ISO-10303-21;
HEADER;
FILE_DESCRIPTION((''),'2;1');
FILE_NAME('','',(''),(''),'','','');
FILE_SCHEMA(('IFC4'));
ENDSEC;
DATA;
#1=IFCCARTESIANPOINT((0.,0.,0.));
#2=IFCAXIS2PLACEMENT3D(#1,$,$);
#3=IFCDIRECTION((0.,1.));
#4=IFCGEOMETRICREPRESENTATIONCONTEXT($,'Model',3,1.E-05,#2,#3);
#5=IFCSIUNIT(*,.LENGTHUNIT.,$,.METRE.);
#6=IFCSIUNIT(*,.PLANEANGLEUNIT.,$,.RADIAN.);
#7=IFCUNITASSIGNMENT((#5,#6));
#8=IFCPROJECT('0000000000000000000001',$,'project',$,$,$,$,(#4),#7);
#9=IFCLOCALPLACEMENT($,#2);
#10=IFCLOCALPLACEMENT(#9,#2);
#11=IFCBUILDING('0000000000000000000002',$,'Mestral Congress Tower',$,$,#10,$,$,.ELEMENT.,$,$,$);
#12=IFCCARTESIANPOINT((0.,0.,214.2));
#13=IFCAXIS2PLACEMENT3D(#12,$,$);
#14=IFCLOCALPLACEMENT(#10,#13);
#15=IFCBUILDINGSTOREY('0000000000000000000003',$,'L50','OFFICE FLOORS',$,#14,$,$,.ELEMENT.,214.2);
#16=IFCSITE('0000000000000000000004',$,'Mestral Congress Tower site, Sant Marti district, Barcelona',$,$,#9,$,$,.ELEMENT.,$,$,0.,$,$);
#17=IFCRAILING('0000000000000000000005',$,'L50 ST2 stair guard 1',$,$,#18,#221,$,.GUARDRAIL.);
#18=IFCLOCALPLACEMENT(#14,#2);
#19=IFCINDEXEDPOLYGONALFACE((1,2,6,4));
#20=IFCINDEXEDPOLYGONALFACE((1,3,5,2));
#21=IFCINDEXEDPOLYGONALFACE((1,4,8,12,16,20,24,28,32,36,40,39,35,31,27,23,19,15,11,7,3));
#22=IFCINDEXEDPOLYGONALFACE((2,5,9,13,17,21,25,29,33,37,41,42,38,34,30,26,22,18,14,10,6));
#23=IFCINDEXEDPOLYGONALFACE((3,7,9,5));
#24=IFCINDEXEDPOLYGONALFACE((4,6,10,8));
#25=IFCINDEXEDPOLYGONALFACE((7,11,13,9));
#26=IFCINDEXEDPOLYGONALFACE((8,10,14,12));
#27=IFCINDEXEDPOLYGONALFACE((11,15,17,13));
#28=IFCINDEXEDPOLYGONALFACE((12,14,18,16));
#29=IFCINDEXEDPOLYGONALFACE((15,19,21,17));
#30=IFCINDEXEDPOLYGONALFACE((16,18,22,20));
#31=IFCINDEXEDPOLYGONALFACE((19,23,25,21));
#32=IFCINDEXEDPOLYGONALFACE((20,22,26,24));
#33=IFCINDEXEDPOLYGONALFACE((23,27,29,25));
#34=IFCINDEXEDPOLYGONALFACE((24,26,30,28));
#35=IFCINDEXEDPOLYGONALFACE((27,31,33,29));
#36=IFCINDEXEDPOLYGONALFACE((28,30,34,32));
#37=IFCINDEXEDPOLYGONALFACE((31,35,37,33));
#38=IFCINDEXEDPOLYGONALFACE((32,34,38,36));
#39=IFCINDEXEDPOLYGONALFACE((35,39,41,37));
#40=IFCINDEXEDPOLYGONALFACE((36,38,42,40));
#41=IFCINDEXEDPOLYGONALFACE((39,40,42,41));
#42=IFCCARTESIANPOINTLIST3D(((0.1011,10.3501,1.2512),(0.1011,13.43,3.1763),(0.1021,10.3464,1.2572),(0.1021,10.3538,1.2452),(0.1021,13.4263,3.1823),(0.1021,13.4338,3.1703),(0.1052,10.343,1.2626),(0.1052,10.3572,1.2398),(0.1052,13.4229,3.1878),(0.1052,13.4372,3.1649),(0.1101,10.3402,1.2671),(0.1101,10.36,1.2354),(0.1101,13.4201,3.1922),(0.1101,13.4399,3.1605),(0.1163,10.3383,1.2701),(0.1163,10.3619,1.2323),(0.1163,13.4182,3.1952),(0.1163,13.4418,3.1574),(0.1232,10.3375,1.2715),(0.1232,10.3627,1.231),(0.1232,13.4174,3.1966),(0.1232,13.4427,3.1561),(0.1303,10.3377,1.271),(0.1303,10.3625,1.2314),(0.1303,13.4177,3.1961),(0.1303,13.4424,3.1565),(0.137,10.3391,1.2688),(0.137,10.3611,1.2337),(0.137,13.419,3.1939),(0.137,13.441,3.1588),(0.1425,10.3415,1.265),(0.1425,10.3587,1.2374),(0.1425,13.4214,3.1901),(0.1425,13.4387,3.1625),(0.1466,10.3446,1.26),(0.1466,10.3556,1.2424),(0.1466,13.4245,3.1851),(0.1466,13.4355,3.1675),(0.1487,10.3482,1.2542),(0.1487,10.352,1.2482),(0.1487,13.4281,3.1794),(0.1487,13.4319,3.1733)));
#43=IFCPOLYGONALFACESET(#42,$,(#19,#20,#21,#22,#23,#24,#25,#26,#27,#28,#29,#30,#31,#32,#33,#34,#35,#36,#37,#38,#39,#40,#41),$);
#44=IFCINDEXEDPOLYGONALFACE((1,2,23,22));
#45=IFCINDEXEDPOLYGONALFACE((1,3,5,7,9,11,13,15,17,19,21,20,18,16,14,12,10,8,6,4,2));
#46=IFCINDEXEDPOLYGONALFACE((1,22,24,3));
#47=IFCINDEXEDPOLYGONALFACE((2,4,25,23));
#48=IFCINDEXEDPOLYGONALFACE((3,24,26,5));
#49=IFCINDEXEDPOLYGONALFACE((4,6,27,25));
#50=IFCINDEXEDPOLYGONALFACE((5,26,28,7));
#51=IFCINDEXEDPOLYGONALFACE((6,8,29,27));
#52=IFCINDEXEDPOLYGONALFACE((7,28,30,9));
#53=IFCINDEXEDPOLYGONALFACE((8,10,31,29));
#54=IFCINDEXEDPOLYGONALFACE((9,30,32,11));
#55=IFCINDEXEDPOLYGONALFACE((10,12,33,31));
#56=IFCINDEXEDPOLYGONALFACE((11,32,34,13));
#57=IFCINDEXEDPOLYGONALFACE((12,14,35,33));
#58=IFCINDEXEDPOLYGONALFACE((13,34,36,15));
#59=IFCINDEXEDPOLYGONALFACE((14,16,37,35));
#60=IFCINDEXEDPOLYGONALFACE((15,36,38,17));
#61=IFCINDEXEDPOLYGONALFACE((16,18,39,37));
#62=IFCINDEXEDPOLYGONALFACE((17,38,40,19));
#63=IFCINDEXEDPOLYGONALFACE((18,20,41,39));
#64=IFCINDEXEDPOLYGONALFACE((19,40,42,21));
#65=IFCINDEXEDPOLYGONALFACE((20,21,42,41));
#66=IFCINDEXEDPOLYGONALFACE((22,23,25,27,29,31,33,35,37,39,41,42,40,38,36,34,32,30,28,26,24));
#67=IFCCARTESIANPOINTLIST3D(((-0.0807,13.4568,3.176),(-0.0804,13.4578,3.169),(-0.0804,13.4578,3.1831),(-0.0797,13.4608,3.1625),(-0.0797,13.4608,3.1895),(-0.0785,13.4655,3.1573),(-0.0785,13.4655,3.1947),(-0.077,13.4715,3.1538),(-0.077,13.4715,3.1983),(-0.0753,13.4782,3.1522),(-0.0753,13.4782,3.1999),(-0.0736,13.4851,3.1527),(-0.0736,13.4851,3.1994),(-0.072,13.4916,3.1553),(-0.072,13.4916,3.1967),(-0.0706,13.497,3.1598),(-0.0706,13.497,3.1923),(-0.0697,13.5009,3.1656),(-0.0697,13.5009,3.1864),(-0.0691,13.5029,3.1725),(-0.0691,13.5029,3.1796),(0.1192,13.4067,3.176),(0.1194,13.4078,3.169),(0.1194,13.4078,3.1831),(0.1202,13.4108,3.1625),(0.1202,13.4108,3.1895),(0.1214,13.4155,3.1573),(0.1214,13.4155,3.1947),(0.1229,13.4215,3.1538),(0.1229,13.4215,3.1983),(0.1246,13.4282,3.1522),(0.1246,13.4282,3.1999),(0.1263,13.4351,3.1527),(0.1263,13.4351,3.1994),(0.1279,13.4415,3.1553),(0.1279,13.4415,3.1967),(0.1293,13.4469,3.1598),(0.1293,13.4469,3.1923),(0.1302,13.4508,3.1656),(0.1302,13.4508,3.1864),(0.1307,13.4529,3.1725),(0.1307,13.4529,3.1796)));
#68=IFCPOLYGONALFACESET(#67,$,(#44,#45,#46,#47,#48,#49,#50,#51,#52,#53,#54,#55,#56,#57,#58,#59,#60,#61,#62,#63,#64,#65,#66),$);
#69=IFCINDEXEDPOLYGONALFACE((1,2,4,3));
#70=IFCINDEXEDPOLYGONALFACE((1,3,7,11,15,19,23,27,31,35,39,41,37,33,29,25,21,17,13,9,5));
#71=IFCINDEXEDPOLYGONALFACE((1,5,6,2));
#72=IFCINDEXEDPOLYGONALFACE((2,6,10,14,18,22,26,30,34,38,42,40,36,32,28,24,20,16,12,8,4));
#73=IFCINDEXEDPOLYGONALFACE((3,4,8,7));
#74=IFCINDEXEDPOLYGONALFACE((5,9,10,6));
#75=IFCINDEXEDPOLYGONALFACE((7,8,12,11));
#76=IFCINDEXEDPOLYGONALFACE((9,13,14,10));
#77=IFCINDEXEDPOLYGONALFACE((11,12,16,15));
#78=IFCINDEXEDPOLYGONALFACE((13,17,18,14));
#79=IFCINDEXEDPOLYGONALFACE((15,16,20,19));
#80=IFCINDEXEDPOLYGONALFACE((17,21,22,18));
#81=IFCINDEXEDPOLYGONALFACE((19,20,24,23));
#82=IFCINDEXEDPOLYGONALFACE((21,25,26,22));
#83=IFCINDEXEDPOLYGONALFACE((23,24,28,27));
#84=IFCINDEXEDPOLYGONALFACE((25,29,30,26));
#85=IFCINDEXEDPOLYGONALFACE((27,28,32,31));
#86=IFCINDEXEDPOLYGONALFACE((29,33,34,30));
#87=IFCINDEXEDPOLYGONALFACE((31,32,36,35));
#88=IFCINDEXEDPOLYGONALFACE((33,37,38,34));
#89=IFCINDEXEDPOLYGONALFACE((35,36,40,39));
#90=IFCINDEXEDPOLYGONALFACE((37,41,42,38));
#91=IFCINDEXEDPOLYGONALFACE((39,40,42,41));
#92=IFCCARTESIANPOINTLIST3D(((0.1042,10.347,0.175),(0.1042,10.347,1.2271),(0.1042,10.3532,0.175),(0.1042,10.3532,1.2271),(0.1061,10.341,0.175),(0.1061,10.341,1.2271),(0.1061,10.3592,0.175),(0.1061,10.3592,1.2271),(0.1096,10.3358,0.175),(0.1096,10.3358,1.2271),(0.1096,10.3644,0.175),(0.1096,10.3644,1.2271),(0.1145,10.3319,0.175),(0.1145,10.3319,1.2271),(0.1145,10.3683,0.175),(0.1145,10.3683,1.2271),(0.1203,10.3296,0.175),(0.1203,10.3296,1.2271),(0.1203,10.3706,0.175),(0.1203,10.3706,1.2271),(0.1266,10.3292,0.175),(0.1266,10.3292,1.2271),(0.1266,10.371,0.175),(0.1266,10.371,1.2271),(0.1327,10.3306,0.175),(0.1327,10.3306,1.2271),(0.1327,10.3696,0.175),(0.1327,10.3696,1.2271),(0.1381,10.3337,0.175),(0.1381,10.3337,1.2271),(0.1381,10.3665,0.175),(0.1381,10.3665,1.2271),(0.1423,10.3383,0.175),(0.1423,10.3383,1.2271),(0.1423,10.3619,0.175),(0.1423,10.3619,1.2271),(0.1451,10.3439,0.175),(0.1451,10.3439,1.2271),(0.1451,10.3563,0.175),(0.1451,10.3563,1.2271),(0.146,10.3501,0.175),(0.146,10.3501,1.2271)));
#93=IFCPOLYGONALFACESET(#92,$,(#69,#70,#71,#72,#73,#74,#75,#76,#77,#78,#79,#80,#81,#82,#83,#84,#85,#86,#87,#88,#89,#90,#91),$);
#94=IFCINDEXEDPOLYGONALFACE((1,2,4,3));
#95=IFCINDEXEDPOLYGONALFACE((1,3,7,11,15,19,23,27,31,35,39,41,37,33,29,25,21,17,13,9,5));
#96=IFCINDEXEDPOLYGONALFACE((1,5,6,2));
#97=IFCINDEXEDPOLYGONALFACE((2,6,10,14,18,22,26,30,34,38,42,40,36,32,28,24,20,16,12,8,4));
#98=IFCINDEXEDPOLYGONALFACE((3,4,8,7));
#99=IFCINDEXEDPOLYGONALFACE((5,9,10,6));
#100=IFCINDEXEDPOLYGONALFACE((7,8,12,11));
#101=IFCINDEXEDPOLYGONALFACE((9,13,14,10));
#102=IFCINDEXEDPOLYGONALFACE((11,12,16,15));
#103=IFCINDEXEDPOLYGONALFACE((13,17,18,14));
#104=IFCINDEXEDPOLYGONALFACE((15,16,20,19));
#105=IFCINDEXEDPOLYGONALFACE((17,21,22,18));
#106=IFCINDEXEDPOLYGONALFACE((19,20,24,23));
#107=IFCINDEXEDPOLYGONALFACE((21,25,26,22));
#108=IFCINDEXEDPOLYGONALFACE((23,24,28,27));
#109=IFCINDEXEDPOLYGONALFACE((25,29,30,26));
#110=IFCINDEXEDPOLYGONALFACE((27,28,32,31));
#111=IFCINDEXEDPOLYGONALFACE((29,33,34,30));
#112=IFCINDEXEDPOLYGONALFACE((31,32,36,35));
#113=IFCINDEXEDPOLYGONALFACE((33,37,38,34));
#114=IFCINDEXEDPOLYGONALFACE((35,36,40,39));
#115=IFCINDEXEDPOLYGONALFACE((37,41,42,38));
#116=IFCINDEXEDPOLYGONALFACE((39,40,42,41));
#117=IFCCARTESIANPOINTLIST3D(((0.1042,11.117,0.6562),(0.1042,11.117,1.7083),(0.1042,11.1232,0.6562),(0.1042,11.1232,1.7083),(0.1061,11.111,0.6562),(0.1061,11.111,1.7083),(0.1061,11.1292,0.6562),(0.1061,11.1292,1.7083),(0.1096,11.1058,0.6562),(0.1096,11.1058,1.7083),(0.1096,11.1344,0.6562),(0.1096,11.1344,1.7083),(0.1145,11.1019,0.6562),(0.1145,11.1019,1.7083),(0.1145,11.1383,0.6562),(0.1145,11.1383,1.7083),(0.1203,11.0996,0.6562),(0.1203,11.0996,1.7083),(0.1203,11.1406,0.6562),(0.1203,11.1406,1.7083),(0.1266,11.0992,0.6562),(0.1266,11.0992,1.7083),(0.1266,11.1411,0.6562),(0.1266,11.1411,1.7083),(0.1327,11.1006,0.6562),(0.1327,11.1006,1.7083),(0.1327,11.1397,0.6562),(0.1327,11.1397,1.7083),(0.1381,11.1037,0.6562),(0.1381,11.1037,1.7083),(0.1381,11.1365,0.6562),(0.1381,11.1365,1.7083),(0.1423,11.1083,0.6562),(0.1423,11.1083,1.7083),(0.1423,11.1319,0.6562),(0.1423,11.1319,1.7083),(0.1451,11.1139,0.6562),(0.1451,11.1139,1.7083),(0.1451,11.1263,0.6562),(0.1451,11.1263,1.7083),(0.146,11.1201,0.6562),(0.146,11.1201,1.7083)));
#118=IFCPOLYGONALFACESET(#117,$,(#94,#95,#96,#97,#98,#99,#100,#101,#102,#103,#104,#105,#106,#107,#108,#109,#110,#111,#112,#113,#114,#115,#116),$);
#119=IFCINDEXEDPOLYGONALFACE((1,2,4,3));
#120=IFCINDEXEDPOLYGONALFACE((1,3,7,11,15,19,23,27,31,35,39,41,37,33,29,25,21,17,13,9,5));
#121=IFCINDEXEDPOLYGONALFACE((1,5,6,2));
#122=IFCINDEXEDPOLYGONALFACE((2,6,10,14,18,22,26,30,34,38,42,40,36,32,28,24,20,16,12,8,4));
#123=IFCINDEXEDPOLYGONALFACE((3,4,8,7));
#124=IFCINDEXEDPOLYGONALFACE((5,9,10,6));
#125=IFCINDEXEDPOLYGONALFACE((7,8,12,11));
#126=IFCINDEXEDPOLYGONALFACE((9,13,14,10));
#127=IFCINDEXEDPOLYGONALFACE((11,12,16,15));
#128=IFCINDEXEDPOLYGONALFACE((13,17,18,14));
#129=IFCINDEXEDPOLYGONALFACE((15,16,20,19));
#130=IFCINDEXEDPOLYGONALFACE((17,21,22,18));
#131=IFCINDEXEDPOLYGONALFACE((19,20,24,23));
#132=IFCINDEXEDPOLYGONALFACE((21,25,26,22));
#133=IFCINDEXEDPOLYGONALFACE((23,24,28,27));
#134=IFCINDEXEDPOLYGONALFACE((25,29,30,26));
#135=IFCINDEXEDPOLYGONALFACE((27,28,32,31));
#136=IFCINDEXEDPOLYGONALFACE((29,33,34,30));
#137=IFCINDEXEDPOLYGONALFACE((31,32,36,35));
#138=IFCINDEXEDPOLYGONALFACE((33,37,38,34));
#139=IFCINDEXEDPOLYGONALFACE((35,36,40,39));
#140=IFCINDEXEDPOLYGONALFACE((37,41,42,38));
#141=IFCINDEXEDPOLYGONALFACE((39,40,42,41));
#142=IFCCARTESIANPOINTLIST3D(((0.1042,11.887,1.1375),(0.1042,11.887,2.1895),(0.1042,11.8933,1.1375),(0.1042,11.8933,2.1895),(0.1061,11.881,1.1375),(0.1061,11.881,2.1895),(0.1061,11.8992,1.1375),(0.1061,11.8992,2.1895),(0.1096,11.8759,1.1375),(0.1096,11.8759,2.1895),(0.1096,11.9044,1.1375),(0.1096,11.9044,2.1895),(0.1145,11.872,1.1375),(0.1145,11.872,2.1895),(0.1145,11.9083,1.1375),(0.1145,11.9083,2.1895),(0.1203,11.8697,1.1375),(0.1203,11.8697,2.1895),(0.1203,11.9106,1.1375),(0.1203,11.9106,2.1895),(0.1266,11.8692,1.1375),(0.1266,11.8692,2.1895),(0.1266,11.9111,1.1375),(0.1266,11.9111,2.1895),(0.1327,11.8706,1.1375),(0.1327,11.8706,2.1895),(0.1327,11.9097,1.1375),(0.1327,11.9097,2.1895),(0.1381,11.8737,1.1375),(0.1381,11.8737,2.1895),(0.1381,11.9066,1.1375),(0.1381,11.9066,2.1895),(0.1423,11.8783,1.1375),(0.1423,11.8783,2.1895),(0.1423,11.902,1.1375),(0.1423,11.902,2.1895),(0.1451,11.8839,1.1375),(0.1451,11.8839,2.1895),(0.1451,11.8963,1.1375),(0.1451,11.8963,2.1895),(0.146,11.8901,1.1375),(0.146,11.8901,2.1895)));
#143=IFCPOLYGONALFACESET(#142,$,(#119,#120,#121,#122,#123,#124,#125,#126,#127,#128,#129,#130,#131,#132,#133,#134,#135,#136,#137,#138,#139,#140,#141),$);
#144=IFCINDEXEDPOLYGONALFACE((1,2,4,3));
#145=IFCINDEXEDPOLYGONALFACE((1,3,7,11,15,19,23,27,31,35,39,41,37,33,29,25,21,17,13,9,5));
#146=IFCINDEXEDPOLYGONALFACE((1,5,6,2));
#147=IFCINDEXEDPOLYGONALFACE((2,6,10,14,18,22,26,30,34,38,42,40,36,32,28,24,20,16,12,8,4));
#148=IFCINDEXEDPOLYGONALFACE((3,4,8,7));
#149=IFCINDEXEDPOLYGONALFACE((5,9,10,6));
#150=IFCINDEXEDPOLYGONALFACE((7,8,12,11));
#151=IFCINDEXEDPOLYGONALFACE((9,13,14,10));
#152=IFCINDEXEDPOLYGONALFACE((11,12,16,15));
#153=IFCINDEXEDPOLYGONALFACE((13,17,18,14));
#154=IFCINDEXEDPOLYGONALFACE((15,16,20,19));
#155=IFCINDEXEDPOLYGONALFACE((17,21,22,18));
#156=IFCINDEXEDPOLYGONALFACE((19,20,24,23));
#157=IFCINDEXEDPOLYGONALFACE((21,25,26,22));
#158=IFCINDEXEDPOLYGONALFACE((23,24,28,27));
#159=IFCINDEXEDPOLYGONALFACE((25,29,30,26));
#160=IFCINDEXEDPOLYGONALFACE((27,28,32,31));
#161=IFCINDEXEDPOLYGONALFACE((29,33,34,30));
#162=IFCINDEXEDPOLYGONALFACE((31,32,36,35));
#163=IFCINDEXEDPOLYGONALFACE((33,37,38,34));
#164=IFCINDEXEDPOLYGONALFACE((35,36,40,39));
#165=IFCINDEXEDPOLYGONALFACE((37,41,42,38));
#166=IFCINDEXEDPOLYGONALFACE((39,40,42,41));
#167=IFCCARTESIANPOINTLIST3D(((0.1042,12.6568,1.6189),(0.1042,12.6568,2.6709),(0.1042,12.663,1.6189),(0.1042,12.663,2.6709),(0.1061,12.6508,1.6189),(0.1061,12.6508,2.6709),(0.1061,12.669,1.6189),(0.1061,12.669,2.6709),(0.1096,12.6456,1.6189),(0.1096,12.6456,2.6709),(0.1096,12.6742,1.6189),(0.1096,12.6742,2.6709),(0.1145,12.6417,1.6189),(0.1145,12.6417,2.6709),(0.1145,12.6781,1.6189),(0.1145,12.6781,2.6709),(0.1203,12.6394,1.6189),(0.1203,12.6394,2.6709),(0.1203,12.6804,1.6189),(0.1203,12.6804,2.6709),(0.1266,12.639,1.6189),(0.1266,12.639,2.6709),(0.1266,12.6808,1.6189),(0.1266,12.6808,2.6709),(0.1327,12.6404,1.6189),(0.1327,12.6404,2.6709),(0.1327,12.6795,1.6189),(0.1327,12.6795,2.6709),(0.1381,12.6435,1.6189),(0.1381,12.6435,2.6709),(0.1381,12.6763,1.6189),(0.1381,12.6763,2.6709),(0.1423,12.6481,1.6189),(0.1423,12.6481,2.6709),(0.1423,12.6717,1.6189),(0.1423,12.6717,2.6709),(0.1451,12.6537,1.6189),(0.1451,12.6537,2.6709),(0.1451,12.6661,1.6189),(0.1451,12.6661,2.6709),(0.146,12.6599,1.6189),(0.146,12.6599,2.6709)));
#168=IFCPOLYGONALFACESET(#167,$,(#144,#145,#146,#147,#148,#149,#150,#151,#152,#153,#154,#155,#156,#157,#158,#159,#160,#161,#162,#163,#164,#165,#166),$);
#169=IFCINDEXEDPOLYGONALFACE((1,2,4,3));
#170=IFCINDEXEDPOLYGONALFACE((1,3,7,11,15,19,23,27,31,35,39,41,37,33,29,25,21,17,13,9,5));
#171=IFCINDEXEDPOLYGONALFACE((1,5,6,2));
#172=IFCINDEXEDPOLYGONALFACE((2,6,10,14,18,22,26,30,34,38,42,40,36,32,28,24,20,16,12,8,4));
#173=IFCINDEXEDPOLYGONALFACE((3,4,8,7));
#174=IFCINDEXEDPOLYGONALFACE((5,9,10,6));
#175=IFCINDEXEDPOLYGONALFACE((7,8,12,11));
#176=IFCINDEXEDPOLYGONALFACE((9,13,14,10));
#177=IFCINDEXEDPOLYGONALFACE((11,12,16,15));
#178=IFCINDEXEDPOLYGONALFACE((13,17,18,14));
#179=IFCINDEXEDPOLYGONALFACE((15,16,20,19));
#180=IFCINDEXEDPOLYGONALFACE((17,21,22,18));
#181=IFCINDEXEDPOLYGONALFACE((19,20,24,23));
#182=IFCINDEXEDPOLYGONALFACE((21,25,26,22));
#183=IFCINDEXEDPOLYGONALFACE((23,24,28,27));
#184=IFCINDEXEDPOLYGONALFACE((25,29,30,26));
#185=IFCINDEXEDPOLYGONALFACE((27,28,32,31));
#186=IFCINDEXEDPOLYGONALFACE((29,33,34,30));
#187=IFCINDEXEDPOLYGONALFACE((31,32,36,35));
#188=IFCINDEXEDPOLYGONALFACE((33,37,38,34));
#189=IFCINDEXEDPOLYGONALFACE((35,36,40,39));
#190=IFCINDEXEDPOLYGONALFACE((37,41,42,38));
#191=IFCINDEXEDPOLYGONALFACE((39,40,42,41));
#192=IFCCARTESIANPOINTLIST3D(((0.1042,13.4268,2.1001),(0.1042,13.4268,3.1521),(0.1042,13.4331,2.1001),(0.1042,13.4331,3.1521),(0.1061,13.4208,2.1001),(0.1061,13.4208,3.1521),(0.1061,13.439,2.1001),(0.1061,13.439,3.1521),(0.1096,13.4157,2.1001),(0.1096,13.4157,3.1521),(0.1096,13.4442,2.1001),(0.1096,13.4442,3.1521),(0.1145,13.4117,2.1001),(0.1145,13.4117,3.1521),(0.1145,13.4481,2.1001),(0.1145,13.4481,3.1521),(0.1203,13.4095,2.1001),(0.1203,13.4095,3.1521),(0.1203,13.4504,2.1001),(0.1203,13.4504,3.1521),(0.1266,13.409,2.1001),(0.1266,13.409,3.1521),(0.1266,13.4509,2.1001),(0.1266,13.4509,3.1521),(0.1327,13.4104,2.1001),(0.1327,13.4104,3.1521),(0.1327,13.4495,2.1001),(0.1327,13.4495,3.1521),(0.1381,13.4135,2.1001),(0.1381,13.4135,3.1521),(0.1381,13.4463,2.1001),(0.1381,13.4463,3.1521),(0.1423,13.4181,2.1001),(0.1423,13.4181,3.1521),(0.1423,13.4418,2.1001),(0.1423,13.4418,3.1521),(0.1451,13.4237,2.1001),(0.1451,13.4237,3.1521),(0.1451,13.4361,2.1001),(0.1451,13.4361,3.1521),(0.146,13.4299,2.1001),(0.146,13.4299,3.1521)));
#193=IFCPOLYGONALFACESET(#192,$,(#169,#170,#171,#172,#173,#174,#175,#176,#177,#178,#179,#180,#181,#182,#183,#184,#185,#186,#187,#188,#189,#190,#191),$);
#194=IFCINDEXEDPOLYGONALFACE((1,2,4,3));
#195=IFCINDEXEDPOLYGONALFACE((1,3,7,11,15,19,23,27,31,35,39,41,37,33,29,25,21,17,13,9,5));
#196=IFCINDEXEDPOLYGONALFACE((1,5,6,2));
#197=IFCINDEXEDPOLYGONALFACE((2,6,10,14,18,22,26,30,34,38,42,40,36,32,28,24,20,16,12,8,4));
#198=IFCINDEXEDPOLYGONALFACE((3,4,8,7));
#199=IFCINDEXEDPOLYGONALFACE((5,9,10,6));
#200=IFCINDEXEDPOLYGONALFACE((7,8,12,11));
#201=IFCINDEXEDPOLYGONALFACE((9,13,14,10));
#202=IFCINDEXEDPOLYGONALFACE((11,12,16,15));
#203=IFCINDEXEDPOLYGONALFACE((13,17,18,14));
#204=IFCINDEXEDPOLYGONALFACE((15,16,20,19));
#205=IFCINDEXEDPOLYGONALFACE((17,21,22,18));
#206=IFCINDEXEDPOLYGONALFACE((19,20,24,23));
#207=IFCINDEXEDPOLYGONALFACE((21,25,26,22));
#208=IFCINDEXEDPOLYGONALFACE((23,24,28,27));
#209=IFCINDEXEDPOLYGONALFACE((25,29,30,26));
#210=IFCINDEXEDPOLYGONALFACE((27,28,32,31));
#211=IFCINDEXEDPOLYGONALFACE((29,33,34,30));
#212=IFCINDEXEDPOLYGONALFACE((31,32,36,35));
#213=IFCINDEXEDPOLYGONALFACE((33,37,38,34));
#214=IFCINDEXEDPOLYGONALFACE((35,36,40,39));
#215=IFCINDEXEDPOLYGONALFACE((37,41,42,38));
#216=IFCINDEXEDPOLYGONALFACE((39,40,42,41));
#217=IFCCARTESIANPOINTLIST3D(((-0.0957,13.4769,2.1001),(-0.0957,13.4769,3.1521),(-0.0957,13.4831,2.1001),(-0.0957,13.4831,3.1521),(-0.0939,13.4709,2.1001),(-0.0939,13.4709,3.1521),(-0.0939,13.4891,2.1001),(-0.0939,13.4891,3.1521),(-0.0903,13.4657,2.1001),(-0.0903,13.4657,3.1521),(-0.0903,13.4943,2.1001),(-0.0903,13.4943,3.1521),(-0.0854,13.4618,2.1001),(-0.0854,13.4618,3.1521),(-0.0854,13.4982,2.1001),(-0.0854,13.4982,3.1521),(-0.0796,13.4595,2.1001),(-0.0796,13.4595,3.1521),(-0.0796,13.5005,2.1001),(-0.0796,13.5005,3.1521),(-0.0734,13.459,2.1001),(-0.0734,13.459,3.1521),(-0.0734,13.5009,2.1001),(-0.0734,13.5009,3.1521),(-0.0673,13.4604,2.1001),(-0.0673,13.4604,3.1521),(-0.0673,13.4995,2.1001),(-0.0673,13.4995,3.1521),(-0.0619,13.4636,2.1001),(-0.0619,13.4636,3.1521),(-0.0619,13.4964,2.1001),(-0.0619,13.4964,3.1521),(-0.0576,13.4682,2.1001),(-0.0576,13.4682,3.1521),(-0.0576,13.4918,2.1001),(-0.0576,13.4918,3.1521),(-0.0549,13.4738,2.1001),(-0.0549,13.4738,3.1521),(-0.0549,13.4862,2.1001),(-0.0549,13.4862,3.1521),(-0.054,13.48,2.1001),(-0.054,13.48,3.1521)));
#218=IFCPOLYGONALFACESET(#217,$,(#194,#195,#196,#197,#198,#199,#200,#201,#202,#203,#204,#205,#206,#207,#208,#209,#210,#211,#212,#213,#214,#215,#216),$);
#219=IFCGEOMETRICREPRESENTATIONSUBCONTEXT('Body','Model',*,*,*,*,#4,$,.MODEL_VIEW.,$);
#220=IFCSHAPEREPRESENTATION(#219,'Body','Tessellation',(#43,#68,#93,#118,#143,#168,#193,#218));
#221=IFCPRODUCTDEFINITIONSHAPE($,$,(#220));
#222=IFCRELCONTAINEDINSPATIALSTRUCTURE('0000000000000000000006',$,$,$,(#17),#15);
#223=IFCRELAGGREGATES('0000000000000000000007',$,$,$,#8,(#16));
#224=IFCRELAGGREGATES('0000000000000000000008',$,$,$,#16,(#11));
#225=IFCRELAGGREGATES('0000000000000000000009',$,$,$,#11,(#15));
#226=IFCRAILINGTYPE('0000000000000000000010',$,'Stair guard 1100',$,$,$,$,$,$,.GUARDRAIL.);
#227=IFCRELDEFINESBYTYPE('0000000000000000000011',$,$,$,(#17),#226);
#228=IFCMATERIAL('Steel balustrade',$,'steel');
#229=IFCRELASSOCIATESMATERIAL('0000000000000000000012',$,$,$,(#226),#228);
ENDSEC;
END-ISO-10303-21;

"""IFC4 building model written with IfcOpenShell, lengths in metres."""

from ifc_helpers import new_model, si_unit, direction, frame, origin, origin_2d, place, context, subcontext, project, spatial, circle, extrude, material, type_object, element, save


model = new_model("IFC4")

# Units and contexts
model_context = context("Model", 3, precision=1e-05, world=origin(), true_north=direction((0.0, 1.0)))
body_context = subcontext(model_context, "Body", "Model", "MODEL_VIEW")
ifc_project = project(units=[si_unit("LENGTHUNIT", "METRE"), si_unit("PLANEANGLEUNIT", "RADIAN")], contexts=[model_context])

# Site, building, storey
site_placement = place(None, origin())
site = spatial("IfcSite", under=ifc_project, at=site_placement, Name="Mestral Congress Tower site, Sant Marti district, Barcelona", CompositionType="ELEMENT", RefElevation=0.0)
building_placement = place(site_placement, origin())
building = spatial("IfcBuilding", under=site, at=building_placement, Name="Mestral Congress Tower", CompositionType="ELEMENT")
storey_placement = place(building_placement, frame((0.0, 0.0, 214.2)))
storey = spatial("IfcBuildingStorey", under=building, at=storey_placement, Name="L50", Description="OFFICE FLOORS", CompositionType="ELEMENT", Elevation=214.2)

# Railing
ifc_material_1 = material(Name="Steel balustrade", Category="steel")
railing_type_1 = type_object("IfcRailingType", Name="Stair guard 1100", PredefinedType="GUARDRAIL", material=ifc_material_1)
railing_1_placement = place(storey_placement, frame((0.125, 10.3501, 0.175)))
element("IfcRailing", 1, at=railing_1_placement, inside=storey, type_object=railing_type_1, Name="L50 ST2 stair guard 1", PredefinedType="GUARDRAIL", context=body_context, shape_type="SweptSolid", body=[
    extrude(circle(Radius=0.0239, at=origin_2d()), frame((0.0, 0.0, 1.0762), z_axis=(0.0, 0.847979, 0.530029), x_axis=(-1.0, 0.0, 0.0)), (0.0, 0.0, 1.0), 3.6321),
    extrude(circle(Radius=0.0239, at=origin_2d()), frame((0.0, 3.0798, 3.001), z_axis=(-0.970073, 0.242814, 0.0), x_axis=(-0.242814, -0.970073, 0.0)), (0.0, 0.0, 1.0), 0.2061),
    extrude(circle(Radius=0.021, at=origin_2d()), origin(), (0.0, 0.0, 1.0), 1.052),
    extrude(circle(Radius=0.021, at=origin_2d()), frame((0.0, 0.77, 0.4812)), (0.0, 0.0, 1.0), 1.052),
    extrude(circle(Radius=0.021, at=origin_2d()), frame((0.0, 1.54, 0.9624)), (0.0, 0.0, 1.0), 1.052),
    extrude(circle(Radius=0.021, at=origin_2d()), frame((0.0, 2.3098, 1.4438)), (0.0, 0.0, 1.0), 1.052),
    extrude(circle(Radius=0.021, at=origin_2d()), frame((0.0, 3.0798, 1.925)), (0.0, 0.0, 1.0), 1.052),
    extrude(circle(Radius=0.021, at=origin_2d()), frame((-0.2, 3.1299, 1.925)), (0.0, 0.0, 1.0), 1.052),
])

save(model, "model.ifc")
